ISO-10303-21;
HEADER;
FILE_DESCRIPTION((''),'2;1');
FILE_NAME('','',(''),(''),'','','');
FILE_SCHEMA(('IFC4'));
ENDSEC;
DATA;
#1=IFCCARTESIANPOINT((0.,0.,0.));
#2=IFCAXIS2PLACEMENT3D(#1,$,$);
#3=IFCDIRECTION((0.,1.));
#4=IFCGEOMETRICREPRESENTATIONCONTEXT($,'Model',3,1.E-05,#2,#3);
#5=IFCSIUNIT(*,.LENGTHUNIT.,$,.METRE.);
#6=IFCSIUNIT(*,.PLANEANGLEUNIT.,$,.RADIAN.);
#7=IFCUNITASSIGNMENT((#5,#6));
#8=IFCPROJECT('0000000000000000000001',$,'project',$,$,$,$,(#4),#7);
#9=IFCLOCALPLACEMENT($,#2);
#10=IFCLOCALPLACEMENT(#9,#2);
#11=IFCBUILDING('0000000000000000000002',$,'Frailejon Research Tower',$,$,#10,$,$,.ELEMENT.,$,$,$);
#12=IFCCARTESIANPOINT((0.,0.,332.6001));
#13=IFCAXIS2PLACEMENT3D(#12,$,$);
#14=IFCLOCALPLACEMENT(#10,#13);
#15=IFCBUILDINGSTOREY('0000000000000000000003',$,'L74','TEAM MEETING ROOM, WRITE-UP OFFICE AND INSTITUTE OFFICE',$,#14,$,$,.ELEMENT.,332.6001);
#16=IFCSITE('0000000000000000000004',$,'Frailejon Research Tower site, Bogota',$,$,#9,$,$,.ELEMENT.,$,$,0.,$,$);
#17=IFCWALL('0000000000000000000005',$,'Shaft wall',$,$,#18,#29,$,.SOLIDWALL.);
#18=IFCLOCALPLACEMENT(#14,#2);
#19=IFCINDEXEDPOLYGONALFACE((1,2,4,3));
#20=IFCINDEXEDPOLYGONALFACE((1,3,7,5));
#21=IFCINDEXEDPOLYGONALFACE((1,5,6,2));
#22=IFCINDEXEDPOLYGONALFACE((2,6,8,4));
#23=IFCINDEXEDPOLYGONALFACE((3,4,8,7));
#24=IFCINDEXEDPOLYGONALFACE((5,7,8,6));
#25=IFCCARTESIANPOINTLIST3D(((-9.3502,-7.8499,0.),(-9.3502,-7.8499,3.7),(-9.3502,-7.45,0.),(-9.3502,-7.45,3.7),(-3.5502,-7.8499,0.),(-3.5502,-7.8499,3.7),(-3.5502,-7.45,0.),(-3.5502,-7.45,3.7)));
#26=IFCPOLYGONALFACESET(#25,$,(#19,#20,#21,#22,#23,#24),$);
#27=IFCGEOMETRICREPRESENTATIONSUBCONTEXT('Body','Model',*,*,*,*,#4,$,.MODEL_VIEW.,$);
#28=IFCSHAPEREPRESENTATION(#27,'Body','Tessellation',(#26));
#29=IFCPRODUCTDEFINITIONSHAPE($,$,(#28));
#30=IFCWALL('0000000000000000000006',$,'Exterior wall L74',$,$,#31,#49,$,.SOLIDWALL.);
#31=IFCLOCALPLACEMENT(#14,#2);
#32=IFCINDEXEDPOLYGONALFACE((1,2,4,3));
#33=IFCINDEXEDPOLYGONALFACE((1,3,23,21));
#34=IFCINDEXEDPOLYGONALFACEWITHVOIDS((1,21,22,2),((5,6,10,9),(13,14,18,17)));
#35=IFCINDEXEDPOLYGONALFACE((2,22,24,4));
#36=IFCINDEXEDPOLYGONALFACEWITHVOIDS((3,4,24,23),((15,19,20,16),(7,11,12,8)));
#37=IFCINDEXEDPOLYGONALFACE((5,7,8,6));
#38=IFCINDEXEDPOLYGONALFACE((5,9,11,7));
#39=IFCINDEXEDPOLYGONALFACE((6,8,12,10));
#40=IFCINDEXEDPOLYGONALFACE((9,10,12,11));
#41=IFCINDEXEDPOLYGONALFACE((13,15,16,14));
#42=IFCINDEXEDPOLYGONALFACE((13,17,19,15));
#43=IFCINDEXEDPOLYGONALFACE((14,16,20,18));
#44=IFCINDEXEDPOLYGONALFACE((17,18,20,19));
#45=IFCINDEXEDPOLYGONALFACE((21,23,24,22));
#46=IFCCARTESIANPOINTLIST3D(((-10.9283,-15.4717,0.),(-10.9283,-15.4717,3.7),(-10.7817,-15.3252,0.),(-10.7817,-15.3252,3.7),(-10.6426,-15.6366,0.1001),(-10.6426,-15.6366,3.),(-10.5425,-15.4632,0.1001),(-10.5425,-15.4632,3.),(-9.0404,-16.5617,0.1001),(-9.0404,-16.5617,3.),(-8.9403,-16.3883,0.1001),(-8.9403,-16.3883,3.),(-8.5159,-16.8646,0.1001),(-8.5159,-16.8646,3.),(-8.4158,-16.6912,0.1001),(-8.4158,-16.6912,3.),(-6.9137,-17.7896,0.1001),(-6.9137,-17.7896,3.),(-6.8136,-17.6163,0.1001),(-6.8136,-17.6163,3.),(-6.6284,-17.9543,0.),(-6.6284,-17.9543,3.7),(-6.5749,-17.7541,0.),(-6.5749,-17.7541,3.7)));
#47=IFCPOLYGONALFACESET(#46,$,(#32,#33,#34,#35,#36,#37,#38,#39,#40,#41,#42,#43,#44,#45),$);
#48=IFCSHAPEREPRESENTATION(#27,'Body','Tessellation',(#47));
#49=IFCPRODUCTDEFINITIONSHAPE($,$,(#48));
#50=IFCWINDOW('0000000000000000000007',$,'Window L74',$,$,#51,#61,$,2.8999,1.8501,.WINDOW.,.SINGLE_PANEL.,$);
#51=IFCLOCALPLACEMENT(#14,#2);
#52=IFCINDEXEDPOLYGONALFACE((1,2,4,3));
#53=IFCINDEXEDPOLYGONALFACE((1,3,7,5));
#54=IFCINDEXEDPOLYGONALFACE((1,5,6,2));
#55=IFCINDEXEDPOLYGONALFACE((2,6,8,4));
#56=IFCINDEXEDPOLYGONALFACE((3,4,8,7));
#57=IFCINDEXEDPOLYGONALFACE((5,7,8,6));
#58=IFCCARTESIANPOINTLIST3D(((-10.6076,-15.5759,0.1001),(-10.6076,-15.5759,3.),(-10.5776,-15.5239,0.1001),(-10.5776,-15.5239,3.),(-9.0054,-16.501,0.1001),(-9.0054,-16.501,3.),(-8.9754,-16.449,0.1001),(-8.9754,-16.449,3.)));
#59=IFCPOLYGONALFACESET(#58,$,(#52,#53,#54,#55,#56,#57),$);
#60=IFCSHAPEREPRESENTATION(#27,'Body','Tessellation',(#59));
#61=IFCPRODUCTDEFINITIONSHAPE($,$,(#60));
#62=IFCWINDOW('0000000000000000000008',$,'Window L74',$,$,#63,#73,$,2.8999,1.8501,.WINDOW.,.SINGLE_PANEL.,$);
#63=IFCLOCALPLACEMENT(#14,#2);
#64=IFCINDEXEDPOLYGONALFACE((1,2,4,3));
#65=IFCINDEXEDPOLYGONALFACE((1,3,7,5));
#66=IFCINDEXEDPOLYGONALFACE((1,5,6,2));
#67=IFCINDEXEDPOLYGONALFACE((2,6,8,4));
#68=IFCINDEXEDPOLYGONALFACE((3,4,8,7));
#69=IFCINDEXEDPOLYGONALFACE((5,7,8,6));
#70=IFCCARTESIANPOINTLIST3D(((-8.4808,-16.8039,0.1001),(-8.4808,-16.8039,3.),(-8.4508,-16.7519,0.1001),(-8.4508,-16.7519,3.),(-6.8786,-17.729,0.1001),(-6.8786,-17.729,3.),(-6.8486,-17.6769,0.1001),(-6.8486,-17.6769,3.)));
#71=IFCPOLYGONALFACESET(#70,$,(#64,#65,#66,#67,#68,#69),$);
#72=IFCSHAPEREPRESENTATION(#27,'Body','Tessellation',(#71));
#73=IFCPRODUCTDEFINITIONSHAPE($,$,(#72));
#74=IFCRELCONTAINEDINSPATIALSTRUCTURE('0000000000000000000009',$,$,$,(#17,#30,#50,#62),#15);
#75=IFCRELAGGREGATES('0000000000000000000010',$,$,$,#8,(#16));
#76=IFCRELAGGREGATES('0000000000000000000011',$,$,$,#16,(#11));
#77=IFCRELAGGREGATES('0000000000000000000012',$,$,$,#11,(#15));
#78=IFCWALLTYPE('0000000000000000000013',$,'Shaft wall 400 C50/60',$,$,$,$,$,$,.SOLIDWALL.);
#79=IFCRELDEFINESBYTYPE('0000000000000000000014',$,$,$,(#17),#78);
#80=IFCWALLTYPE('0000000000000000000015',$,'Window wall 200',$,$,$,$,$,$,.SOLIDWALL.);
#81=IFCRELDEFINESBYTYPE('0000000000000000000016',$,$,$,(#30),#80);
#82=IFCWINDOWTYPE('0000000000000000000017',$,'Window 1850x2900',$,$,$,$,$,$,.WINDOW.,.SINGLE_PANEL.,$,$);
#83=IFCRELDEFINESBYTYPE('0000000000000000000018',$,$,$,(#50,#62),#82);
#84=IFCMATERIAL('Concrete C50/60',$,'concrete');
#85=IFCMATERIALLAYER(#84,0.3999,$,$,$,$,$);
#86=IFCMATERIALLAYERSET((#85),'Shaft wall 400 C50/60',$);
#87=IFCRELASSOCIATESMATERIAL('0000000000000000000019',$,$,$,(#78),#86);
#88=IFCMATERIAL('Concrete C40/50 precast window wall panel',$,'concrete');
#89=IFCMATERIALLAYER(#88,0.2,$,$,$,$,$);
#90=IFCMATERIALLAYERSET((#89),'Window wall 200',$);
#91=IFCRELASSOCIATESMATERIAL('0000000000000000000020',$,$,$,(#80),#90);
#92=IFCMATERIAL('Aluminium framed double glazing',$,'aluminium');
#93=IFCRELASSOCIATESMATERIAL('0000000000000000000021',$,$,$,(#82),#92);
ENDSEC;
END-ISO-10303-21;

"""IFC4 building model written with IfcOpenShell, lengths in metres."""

from ifc_helpers import new_model, si_unit, direction, frame, frame_2d, origin, place, context, subcontext, project, spatial, polyline, rectangle, outline, extrude, material, layer, layer_set, type_object, element, fill, save


model = new_model("IFC4")

# Units and contexts
model_context = context("Model", 3, precision=1e-05, world=origin(), true_north=direction((0.0, 1.0)))
body_context = subcontext(model_context, "Body", "Model", "MODEL_VIEW")
ifc_project = project(units=[si_unit("LENGTHUNIT", "METRE"), si_unit("PLANEANGLEUNIT", "RADIAN")], contexts=[model_context])

# Site, building, storey
site_placement = place(None, origin())
site = spatial("IfcSite", under=ifc_project, at=site_placement, Name="Frailejon Research Tower site, Bogota", CompositionType="ELEMENT", RefElevation=0.0)
building_placement = place(site_placement, origin())
building = spatial("IfcBuilding", under=site, at=building_placement, Name="Frailejon Research Tower", CompositionType="ELEMENT")
storey_placement = place(building_placement, frame((0.0, 0.0, 332.6001)))
storey = spatial("IfcBuildingStorey", under=building, at=storey_placement, Name="L74", Description="TEAM MEETING ROOM, WRITE-UP OFFICE AND INSTITUTE OFFICE", CompositionType="ELEMENT", Elevation=332.6001)

# Wall
ifc_material_1 = material(Name="Concrete C50/60", Category="concrete")
ifc_layer_1 = layer(ifc_material_1, 0.3999)
ifc_layer_set_1 = layer_set([ifc_layer_1], Name="Shaft wall 400 C50/60")
wall_type_1 = type_object("IfcWallType", Name="Shaft wall 400 C50/60", PredefinedType="SOLIDWALL", material=ifc_layer_set_1)
wall_1_placement = place(storey_placement, frame((-9.3501, -7.6499, 0.0), z_axis=(0.0, 0.0, 1.0), x_axis=(1.0, 0.0, 0.0)))
element("IfcWall", 1, at=wall_1_placement, inside=storey, type_object=wall_type_1, Name="Shaft wall", PredefinedType="SOLIDWALL", context=body_context, shape_type="SweptSolid", body=[
    extrude(rectangle(XDim=5.8, YDim=0.3999, at=frame_2d((2.8999, 0.0))), origin(), (0.0, 0.0, 1.0), 3.7),
])

# Wall, openings, windows
ifc_material_2 = material(Name="Concrete C40/50 precast window wall panel", Category="concrete")
ifc_layer_2 = layer(ifc_material_2, 0.2)
ifc_layer_set_2 = layer_set([ifc_layer_2], Name="Window wall 200")
wall_type_2 = type_object("IfcWallType", Name="Window wall 200", PredefinedType="SOLIDWALL", material=ifc_layer_set_2)
wall_2_placement = place(storey_placement, frame((-10.855, -15.3984, 0.0), z_axis=(0.0, 0.0, 1.0), x_axis=(0.866017, -0.500015, 0.0)))
wall_2 = element("IfcWall", 2, at=wall_2_placement, inside=storey, type_object=wall_type_2, Name="Exterior wall L74", PredefinedType="SOLIDWALL", context=body_context, shape_type="SweptSolid", body=[
    extrude(outline(polyline([(-0.0269, -0.1001), (1.2144, -0.1001), (2.4556, -0.1001), (3.697, -0.1001), (4.9382, -0.1001), (4.8845, 0.1001), (3.6702, 0.1001), (2.4556, 0.1001), (1.2412, 0.1001), (0.0269, 0.1001), (-0.0269, -0.1001)])), origin(), (0.0, 0.0, 1.0), 3.7),
])
opening_1_placement = place(wall_2_placement, frame((0.303, 0.0, 0.1001)))
opening_1 = element("IfcOpeningElement", 3, at=opening_1_placement, cuts=wall_2, PredefinedType="OPENING", context=body_context, shape_type="SweptSolid", body=[
    extrude(rectangle(XDim=1.8501, YDim=2.8999, at=frame_2d((0.925, 1.45))), frame((0.0, 0.1099, 0.0), z_axis=(0.0, -1.0, 0.0), x_axis=(1.0, 0.0, 0.0)), (0.0, 0.0, 1.0), 0.22),
])
opening_2_placement = place(wall_2_placement, frame((2.7588, 0.0, 0.1001)))
opening_2 = element("IfcOpeningElement", 4, at=opening_2_placement, cuts=wall_2, PredefinedType="OPENING", context=body_context, shape_type="SweptSolid", body=[
    extrude(rectangle(XDim=1.8501, YDim=2.8999, at=frame_2d((0.925, 1.45))), frame((0.0, 0.1099, 0.0), z_axis=(0.0, -1.0, 0.0), x_axis=(1.0, 0.0, 0.0)), (0.0, 0.0, 1.0), 0.22),
])
ifc_material_3 = material(Name="Aluminium framed double glazing", Category="aluminium")
window_type_1 = type_object("IfcWindowType", Name="Window 1850x2900", PartitioningType="SINGLE_PANEL", PredefinedType="WINDOW", material=ifc_material_3)
window_1_placement = place(opening_1_placement, origin())
window_1 = element("IfcWindow", 5, at=window_1_placement, inside=storey, type_object=window_type_1, Name="Window L74", OverallHeight=2.8999, OverallWidth=1.8501, PartitioningType="SINGLE_PANEL", PredefinedType="WINDOW", context=body_context, shape_type="SweptSolid", body=[
    extrude(rectangle(XDim=1.8501, YDim=2.8999, at=frame_2d((0.925, 1.45))), frame((0.0, 0.03, 0.0), z_axis=(0.0, -1.0, 0.0), x_axis=(1.0, 0.0, 0.0)), (0.0, 0.0, 1.0), 0.0601),
])
fill(opening_1, window_1)
window_2_placement = place(opening_2_placement, origin())
window_2 = element("IfcWindow", 6, at=window_2_placement, inside=storey, type_object=window_type_1, Name="Window L74", OverallHeight=2.8999, OverallWidth=1.8501, PartitioningType="SINGLE_PANEL", PredefinedType="WINDOW", context=body_context, shape_type="SweptSolid", body=[
    extrude(rectangle(XDim=1.8501, YDim=2.8999, at=frame_2d((0.925, 1.45))), frame((0.0, 0.03, 0.0), z_axis=(0.0, -1.0, 0.0), x_axis=(1.0, 0.0, 0.0)), (0.0, 0.0, 1.0), 0.0601),
])
fill(opening_2, window_2)

save(model, "model.ifc")
